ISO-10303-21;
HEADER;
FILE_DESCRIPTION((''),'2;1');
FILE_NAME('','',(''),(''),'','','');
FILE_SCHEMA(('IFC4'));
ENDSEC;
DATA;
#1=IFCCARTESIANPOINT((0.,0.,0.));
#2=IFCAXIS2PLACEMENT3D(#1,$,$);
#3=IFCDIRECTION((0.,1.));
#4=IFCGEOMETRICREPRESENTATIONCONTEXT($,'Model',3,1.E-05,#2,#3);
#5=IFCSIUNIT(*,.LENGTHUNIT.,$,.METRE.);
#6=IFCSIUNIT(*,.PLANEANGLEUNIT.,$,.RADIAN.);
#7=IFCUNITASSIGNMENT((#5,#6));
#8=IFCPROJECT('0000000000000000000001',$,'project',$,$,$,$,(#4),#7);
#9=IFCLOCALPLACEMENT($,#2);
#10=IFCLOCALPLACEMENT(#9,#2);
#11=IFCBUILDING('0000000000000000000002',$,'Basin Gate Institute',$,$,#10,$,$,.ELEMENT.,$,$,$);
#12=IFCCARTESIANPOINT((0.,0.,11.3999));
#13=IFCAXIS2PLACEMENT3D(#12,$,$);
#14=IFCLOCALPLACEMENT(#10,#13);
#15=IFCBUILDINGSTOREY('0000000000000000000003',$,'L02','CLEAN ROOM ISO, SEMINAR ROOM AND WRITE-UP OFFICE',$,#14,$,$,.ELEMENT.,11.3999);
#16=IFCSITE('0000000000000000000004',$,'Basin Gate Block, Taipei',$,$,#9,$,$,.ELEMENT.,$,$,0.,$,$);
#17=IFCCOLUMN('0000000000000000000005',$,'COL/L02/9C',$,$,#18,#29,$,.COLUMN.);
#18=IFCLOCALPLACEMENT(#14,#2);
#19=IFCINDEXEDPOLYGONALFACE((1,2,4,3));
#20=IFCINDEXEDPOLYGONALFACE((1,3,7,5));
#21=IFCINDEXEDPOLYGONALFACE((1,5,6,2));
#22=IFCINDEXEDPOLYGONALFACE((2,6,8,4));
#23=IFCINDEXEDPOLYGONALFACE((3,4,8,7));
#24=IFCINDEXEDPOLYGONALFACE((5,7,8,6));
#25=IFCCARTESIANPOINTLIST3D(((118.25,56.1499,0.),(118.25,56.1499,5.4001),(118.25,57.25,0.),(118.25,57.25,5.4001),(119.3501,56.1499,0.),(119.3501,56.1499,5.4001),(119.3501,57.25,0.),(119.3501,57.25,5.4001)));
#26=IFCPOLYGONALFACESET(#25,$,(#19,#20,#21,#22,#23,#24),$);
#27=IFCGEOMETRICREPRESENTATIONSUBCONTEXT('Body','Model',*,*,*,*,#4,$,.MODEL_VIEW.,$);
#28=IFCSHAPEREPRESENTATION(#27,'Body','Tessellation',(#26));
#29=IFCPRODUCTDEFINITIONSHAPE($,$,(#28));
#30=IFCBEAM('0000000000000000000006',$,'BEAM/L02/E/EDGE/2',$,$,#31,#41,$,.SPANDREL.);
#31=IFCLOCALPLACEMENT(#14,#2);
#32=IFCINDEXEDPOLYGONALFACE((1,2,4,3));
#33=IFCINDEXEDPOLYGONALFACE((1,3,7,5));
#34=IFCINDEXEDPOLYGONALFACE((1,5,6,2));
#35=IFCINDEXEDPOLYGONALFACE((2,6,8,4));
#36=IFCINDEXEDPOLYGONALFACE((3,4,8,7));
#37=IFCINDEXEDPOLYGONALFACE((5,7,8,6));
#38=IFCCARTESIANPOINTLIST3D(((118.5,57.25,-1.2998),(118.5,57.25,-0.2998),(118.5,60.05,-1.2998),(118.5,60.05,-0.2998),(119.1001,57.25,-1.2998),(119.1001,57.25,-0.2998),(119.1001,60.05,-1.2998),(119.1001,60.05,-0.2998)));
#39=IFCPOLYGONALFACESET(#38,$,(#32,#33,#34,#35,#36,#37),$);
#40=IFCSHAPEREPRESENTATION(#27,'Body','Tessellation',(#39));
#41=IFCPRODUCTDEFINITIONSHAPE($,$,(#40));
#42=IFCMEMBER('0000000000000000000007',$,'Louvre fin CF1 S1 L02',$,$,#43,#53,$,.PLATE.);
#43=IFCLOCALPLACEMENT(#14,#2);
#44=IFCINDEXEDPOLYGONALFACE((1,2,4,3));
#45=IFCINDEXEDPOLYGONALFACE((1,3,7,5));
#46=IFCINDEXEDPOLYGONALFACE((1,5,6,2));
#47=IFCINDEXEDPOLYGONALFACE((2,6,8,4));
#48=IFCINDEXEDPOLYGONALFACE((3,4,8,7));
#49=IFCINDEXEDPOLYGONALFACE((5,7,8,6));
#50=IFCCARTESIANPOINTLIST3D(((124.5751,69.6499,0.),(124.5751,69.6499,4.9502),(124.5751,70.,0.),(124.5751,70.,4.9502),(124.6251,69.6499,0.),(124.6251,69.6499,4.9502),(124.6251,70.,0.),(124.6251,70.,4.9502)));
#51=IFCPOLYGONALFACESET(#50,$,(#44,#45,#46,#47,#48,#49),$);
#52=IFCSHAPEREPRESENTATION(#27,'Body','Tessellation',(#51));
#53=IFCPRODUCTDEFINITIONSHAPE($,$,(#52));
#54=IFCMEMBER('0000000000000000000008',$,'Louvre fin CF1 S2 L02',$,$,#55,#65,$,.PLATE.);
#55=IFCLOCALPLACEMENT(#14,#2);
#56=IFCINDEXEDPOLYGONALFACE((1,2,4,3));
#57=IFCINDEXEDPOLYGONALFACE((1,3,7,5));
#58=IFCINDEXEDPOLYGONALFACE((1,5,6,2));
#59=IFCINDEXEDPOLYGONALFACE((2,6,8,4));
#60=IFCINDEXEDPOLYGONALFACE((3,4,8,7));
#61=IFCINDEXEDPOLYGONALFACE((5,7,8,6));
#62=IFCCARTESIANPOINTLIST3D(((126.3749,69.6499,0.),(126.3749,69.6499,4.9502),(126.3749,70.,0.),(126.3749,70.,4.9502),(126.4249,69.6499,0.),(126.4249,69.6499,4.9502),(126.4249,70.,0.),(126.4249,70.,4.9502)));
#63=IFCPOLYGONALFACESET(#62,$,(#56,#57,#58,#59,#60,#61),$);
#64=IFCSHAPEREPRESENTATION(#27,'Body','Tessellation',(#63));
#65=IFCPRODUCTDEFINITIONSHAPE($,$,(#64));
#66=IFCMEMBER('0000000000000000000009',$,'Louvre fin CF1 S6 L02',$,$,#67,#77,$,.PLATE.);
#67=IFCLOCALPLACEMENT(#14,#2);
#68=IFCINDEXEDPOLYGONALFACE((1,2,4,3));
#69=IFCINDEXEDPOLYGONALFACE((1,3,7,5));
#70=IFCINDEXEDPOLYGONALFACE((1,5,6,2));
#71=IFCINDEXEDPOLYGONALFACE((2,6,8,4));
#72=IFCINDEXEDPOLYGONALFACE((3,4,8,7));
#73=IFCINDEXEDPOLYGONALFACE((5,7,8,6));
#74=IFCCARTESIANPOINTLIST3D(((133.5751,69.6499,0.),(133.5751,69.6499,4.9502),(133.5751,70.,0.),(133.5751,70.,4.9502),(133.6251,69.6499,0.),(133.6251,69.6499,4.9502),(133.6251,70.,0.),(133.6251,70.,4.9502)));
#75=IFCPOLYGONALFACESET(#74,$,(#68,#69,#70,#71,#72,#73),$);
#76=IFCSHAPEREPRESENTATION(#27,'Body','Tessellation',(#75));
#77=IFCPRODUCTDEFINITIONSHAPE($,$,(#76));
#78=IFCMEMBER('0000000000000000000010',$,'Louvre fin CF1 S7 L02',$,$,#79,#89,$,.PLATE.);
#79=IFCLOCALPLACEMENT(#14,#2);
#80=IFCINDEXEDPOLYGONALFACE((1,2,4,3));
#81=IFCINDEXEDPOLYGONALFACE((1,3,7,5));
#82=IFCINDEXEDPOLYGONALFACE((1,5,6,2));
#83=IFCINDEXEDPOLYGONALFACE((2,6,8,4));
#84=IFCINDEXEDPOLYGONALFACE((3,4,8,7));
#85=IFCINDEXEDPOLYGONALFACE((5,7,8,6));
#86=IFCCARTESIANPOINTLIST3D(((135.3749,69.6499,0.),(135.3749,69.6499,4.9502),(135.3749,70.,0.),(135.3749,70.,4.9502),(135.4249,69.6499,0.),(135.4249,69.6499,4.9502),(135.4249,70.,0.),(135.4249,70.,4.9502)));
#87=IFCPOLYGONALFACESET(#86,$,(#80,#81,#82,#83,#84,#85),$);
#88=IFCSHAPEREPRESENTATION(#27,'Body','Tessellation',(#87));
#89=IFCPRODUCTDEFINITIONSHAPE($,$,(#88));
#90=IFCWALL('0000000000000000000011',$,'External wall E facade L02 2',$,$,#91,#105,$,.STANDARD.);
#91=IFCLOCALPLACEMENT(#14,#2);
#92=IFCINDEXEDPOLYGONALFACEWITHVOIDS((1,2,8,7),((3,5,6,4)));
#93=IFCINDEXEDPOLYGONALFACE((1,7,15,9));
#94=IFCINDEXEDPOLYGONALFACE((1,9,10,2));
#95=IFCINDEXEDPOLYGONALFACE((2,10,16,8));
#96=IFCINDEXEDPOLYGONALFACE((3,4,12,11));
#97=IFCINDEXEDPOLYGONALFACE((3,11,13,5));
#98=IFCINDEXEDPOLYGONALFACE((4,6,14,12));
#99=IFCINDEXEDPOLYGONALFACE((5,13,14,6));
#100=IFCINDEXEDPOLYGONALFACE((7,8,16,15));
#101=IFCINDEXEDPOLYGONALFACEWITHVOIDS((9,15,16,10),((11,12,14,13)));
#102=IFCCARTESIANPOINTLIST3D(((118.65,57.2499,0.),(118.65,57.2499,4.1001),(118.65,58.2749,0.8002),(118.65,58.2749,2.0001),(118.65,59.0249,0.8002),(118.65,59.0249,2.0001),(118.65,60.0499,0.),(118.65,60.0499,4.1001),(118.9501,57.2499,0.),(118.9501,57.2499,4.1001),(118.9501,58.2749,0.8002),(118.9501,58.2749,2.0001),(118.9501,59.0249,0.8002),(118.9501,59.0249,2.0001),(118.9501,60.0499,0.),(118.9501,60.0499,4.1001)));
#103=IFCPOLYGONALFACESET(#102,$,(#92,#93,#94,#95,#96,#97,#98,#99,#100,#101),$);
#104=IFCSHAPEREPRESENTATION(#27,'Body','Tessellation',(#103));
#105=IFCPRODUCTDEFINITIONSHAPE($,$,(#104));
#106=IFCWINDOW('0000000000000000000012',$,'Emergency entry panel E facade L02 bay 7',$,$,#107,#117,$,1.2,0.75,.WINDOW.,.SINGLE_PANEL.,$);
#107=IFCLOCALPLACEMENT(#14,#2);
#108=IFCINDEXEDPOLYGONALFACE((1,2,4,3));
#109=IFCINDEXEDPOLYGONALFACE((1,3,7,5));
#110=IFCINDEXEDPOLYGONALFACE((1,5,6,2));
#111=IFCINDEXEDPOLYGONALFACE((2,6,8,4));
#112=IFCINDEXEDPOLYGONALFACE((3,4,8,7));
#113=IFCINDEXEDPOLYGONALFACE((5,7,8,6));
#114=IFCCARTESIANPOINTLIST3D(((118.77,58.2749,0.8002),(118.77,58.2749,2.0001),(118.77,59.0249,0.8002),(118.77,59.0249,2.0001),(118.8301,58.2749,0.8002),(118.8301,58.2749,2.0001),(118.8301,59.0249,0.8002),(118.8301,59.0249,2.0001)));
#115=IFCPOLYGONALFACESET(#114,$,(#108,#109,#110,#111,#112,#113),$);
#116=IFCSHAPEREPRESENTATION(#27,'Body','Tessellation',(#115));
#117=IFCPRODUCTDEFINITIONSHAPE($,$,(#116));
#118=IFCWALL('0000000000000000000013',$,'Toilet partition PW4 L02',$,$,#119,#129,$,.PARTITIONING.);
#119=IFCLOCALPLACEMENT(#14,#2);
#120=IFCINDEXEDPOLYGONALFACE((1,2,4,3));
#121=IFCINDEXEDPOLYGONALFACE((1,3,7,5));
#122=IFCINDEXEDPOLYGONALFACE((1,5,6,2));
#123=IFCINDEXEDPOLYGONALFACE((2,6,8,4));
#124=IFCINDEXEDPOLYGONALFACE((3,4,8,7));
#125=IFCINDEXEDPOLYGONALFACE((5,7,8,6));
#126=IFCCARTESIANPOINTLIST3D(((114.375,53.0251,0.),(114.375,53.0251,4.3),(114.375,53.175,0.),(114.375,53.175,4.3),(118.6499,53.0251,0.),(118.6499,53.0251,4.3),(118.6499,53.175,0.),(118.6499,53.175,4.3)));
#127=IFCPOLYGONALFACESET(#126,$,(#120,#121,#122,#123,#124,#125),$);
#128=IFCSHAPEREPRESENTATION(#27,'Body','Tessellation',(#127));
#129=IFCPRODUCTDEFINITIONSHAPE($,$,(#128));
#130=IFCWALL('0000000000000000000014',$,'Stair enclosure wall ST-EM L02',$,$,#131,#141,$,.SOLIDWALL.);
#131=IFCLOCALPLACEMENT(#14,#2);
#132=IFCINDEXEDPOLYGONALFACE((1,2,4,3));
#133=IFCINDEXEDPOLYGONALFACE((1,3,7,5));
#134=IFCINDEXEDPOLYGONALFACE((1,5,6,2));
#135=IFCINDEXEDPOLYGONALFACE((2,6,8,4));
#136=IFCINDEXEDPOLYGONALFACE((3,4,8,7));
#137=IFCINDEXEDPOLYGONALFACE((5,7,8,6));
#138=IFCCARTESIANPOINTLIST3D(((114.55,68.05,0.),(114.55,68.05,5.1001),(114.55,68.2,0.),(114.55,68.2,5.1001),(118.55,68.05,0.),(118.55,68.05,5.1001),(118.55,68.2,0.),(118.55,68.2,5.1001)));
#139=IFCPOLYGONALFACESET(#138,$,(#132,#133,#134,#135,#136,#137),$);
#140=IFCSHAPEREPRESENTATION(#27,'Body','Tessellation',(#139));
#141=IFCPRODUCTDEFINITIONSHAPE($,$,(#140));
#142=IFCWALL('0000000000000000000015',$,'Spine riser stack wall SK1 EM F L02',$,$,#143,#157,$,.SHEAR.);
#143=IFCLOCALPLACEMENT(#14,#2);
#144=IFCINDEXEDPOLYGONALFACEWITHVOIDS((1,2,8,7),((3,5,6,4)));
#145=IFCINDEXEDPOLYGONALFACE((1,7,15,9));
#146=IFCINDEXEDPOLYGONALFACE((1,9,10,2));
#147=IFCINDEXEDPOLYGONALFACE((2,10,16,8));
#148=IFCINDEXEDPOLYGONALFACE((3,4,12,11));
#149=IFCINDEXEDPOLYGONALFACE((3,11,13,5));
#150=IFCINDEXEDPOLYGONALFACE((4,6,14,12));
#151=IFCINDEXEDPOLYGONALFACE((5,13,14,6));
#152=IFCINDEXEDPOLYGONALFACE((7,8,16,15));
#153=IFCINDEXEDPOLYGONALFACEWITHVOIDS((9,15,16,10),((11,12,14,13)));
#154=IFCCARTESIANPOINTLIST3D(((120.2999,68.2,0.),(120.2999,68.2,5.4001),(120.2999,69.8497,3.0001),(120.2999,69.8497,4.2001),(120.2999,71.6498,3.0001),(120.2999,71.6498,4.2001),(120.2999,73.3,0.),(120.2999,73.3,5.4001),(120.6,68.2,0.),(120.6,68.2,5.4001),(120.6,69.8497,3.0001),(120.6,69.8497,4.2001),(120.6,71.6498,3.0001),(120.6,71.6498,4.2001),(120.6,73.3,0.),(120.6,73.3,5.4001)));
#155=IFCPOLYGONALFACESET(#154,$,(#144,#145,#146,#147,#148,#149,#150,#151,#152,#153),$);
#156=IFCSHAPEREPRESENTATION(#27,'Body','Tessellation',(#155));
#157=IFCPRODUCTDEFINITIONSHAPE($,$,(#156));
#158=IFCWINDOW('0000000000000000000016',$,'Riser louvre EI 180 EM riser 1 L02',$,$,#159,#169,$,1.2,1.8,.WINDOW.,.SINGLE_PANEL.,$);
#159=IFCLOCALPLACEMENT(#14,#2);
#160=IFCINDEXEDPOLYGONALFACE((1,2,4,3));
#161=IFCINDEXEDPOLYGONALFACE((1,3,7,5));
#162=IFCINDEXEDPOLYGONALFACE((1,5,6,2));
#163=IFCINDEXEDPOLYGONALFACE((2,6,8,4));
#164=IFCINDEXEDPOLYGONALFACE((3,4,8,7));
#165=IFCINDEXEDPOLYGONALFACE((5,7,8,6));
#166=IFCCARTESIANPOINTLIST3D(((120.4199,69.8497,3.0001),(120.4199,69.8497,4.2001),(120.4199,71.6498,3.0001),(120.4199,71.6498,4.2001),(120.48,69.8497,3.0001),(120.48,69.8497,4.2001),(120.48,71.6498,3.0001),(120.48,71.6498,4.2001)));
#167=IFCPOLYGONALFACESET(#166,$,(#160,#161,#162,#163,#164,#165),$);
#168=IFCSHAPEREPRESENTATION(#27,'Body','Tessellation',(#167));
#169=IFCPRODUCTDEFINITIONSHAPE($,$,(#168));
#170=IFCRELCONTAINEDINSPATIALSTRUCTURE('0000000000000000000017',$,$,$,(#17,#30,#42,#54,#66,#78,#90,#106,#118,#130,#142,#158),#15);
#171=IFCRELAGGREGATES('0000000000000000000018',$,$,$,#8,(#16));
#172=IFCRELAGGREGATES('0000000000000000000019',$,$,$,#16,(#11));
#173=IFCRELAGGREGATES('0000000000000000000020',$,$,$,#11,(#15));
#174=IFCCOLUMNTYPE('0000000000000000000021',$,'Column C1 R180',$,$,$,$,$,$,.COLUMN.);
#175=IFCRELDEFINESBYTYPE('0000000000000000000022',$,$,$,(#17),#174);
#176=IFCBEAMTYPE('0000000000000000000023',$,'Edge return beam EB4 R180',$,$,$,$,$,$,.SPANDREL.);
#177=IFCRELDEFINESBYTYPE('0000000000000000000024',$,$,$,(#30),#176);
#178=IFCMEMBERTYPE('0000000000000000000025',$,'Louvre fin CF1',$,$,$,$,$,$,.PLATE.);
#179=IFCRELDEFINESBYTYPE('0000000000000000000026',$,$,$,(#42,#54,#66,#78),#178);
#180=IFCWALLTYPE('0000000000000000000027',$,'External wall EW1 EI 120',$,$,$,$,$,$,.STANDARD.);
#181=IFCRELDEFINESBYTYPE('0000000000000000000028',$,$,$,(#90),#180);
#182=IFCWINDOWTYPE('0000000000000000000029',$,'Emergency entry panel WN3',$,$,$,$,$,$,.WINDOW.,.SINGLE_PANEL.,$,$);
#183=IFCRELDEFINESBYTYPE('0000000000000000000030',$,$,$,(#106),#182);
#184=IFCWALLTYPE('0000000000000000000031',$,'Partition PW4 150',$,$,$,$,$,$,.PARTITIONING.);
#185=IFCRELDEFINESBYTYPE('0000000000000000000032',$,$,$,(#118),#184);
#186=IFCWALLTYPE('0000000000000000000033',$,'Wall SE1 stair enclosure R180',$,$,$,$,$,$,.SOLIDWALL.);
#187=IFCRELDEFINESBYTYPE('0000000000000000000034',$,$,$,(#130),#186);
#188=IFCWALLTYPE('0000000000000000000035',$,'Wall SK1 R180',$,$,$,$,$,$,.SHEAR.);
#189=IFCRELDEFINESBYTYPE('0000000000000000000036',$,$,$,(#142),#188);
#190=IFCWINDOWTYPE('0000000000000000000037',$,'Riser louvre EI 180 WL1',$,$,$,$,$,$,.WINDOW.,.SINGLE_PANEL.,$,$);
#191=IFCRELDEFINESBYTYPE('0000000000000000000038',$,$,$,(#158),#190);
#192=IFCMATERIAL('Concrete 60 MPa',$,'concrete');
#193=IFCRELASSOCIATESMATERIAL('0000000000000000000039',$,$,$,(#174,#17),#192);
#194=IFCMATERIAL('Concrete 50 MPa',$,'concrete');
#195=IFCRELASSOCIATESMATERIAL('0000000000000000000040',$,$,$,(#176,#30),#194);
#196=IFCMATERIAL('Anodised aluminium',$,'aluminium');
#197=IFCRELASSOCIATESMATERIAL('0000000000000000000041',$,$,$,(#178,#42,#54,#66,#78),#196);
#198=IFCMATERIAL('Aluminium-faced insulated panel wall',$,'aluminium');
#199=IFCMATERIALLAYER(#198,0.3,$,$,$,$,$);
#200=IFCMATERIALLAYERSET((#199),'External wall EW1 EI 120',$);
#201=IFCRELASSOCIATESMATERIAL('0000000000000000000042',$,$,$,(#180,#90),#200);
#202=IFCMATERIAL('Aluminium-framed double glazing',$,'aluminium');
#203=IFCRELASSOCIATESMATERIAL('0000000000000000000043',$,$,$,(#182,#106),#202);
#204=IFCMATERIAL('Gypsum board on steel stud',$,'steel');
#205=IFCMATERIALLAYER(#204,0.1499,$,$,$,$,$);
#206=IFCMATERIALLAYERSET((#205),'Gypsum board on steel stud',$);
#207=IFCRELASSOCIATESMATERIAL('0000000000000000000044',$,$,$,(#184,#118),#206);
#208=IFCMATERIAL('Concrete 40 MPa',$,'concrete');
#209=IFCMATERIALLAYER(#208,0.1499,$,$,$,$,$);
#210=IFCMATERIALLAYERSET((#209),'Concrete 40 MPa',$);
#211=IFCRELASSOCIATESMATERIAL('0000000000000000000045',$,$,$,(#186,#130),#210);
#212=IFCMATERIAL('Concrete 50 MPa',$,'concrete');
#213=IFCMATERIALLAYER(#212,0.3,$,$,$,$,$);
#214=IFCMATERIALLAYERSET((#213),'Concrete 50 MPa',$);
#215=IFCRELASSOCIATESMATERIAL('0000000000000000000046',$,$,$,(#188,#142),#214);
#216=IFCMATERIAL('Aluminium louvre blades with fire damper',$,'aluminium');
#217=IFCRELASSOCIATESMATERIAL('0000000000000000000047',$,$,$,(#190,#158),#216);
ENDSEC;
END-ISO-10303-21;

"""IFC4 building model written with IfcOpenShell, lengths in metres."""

from ifc_helpers import new_model, si_unit, direction, frame, frame_2d, origin, origin_2d, place, context, subcontext, project, spatial, rectangle, extrude, material, layer, layer_set, material_profile, profile_set, type_object, element, fill, save


model = new_model("IFC4")

# Units and contexts
model_context = context("Model", 3, precision=1e-05, world=origin(), true_north=direction((0.0, 1.0)))
body_context = subcontext(model_context, "Body", "Model", "MODEL_VIEW")
ifc_project = project(units=[si_unit("LENGTHUNIT", "METRE"), si_unit("PLANEANGLEUNIT", "RADIAN")], contexts=[model_context])

# Site, building, storey
site_placement = place(None, origin())
site = spatial("IfcSite", under=ifc_project, at=site_placement, Name="Basin Gate Block, Taipei", CompositionType="ELEMENT", RefElevation=0.0)
building_placement = place(site_placement, origin())
building = spatial("IfcBuilding", under=site, at=building_placement, Name="Basin Gate Institute", CompositionType="ELEMENT")
storey_placement = place(building_placement, frame((0.0, 0.0, 11.3999)))
storey = spatial("IfcBuildingStorey", under=building, at=storey_placement, Name="L02", Description="CLEAN ROOM ISO, SEMINAR ROOM AND WRITE-UP OFFICE", CompositionType="ELEMENT", Elevation=11.3999)

# Column
ifc_material_1 = material(Name="Concrete 60 MPa", Category="concrete")
ifc_material_profile_1 = material_profile(ifc_material_1, rectangle(XDim=1.1001, YDim=1.1001, at=origin_2d()), Name="Column C1 1100 x 1100")
ifc_profile_set_1 = profile_set([ifc_material_profile_1], Name="Concrete 60 MPa")
column_type = type_object("IfcColumnType", Name="Column C1 R180", PredefinedType="COLUMN", material=ifc_profile_set_1)
column_placement = place(storey_placement, frame((118.8, 56.7, 0.0), z_axis=(0.0, 0.0, 1.0), x_axis=(1.0, 0.0, 0.0)))
element("IfcColumn", 1, at=column_placement, inside=storey, type_object=column_type, material=ifc_profile_set_1, Name="COL/L02/9C", PredefinedType="COLUMN", context=body_context, shape_type="SweptSolid", body=[
    extrude(rectangle(XDim=1.1001, YDim=1.1001, at=origin_2d()), origin(), (0.0, 0.0, 1.0), 5.4001),
])

# Beam
ifc_material_2 = material(Name="Concrete 50 MPa", Category="concrete")
ifc_material_profile_2 = material_profile(ifc_material_2, rectangle(XDim=0.6001, YDim=1.0, at=origin_2d()), Name="Edge return beam EB4 600 x 1000")
ifc_profile_set_2 = profile_set([ifc_material_profile_2], Name="Concrete 50 MPa")
beam_type = type_object("IfcBeamType", Name="Edge return beam EB4 R180", PredefinedType="SPANDREL", material=ifc_profile_set_2)
beam_placement = place(storey_placement, frame((118.8, 57.25, -0.7998), z_axis=(0.0, 1.0, 0.0), x_axis=(-1.0, 0.0, 0.0)))
element("IfcBeam", 2, at=beam_placement, inside=storey, type_object=beam_type, material=ifc_profile_set_2, Name="BEAM/L02/E/EDGE/2", PredefinedType="SPANDREL", context=body_context, shape_type="SweptSolid", body=[
    extrude(rectangle(XDim=0.6001, YDim=1.0, at=origin_2d()), origin(), (0.0, 0.0, 1.0), 2.8),
])

# Members
ifc_material_3 = material(Name="Anodised aluminium", Category="aluminium")
ifc_material_profile_3 = material_profile(ifc_material_3, rectangle(XDim=0.05, YDim=0.3501, at=origin_2d()), Name="Louvre fin CF1 50 x 350")
ifc_profile_set_3 = profile_set([ifc_material_profile_3], Name="Anodised aluminium")
member_type = type_object("IfcMemberType", Name="Louvre fin CF1", PredefinedType="PLATE", material=ifc_profile_set_3)
for number, where, z_axis, x_axis, name in (
    (3, (124.6001, 69.825, 0.0), (0.0, 0.0, 1.0), (1.0, 0.0, 0.0), "Louvre fin CF1 S1 L02"),
    (4, (126.3999, 69.825, 0.0), (0.0, 0.0, 1.0), (1.0, 0.0, 0.0), "Louvre fin CF1 S2 L02"),
    (5, (133.6001, 69.825, 0.0), (0.0, 0.0, 1.0), (1.0, 0.0, 0.0), "Louvre fin CF1 S6 L02"),
    (6, (135.3999, 69.825, 0.0), (0.0, 0.0, 1.0), (1.0, 0.0, 0.0), "Louvre fin CF1 S7 L02"),
):
    element("IfcMember", number, at=place(storey_placement, frame(where, z_axis=z_axis, x_axis=x_axis)), inside=storey, type_object=member_type, material=ifc_profile_set_3, Name=name, PredefinedType="PLATE", context=body_context, shape_type="SweptSolid", body=[
        extrude(rectangle(XDim=0.05, YDim=0.3501, at=origin_2d()), origin(), (0.0, 0.0, 1.0), 4.9502),
    ])

# Wall, opening, window
ifc_material_4 = material(Name="Aluminium-faced insulated panel wall", Category="aluminium")
ifc_layer_1 = layer(ifc_material_4, 0.3)
ifc_layer_set_1 = layer_set([ifc_layer_1], Name="External wall EW1 EI 120")
wall_type_1 = type_object("IfcWallType", Name="External wall EW1 EI 120", PredefinedType="STANDARD", material=ifc_layer_set_1)
wall_1_placement = place(storey_placement, frame((118.8, 57.25, 0.0), z_axis=(0.0, 0.0, 1.0), x_axis=(0.0, 1.0, 0.0)))
wall_1 = element("IfcWall", 7, at=wall_1_placement, inside=storey, type_object=wall_type_1, material=ifc_layer_set_1, Name="External wall E facade L02 2", PredefinedType="STANDARD", context=body_context, shape_type="SweptSolid", body=[
    extrude(rectangle(XDim=2.8, YDim=0.3, at=frame_2d((1.3999, 0.0))), origin(), (0.0, 0.0, 1.0), 4.1001),
])
opening_1_placement = place(wall_1_placement, frame((1.0249, 0.0, 0.8)))
opening_1 = element("IfcOpeningElement", 8, at=opening_1_placement, cuts=wall_1, PredefinedType="OPENING", context=body_context, shape_type="SweptSolid", body=[
    extrude(rectangle(XDim=0.75, YDim=1.2, at=frame_2d((0.375, 0.6001))), frame((0.0, 0.1602, 0.0), z_axis=(0.0, -1.0, 0.0), x_axis=(1.0, 0.0, 0.0)), (0.0, 0.0, 1.0), 0.3201),
])
ifc_material_5 = material(Name="Aluminium-framed double glazing", Category="aluminium")
window_type_1 = type_object("IfcWindowType", Name="Emergency entry panel WN3", PartitioningType="SINGLE_PANEL", PredefinedType="WINDOW", material=ifc_material_5)
window_1_placement = place(opening_1_placement, origin())
window_1 = element("IfcWindow", 9, at=window_1_placement, inside=storey, type_object=window_type_1, material=ifc_material_5, Name="Emergency entry panel E facade L02 bay 7", OverallHeight=1.2, OverallWidth=0.75, PartitioningType="SINGLE_PANEL", PredefinedType="WINDOW", context=body_context, shape_type="SweptSolid", body=[
    extrude(rectangle(XDim=0.75, YDim=1.2, at=frame_2d((0.375, 0.6001))), frame((0.0, 0.03, 0.0), z_axis=(0.0, -1.0, 0.0), x_axis=(1.0, 0.0, 0.0)), (0.0, 0.0, 1.0), 0.0601),
])
fill(opening_1, window_1)

# Walls
ifc_material_6 = material(Name="Gypsum board on steel stud", Category="steel")
ifc_layer_2 = layer(ifc_material_6, 0.1499)
ifc_layer_set_2 = layer_set([ifc_layer_2], Name="Gypsum board on steel stud")
wall_type_2 = type_object("IfcWallType", Name="Partition PW4 150", PredefinedType="PARTITIONING", material=ifc_layer_set_2)
wall_2_placement = place(storey_placement, frame((118.6499, 53.1001, 0.0), z_axis=(0.0, 0.0, 1.0), x_axis=(-1.0, 0.0, 0.0)))
element("IfcWall", 10, at=wall_2_placement, inside=storey, type_object=wall_type_2, material=ifc_layer_set_2, Name="Toilet partition PW4 L02", PredefinedType="PARTITIONING", context=body_context, shape_type="SweptSolid", body=[
    extrude(rectangle(XDim=4.2749, YDim=0.1499, at=frame_2d((2.1375, 0.0))), origin(), (0.0, 0.0, 1.0), 4.3),
])
ifc_material_7 = material(Name="Concrete 40 MPa", Category="concrete")
ifc_layer_3 = layer(ifc_material_7, 0.1499)
ifc_layer_set_3 = layer_set([ifc_layer_3], Name="Concrete 40 MPa")
wall_type_3 = type_object("IfcWallType", Name="Wall SE1 stair enclosure R180", PredefinedType="SOLIDWALL", material=ifc_layer_set_3)
wall_3_placement = place(storey_placement, frame((118.55, 68.125, 0.0), z_axis=(0.0, 0.0, 1.0), x_axis=(-1.0, 0.0, 0.0)))
element("IfcWall", 11, at=wall_3_placement, inside=storey, type_object=wall_type_3, material=ifc_layer_set_3, Name="Stair enclosure wall ST-EM L02", PredefinedType="SOLIDWALL", context=body_context, shape_type="SweptSolid", body=[
    extrude(rectangle(XDim=4.0, YDim=0.1499, at=frame_2d((2.0, 0.0))), origin(), (0.0, 0.0, 1.0), 5.1001),
])

# Wall, opening, window
ifc_material_8 = material(Name="Concrete 50 MPa", Category="concrete")
ifc_layer_4 = layer(ifc_material_8, 0.3)
ifc_layer_set_4 = layer_set([ifc_layer_4], Name="Concrete 50 MPa")
wall_type_4 = type_object("IfcWallType", Name="Wall SK1 R180", PredefinedType="SHEAR", material=ifc_layer_set_4)
wall_4_placement = place(storey_placement, frame((120.45, 68.2, 0.0), z_axis=(0.0, 0.0, 1.0), x_axis=(0.0, 1.0, 0.0)))
wall_4 = element("IfcWall", 12, at=wall_4_placement, inside=storey, type_object=wall_type_4, material=ifc_layer_set_4, Name="Spine riser stack wall SK1 EM F L02", PredefinedType="SHEAR", context=body_context, shape_type="SweptSolid", body=[
    extrude(rectangle(XDim=5.1001, YDim=0.3, at=frame_2d((2.55, 0.0))), origin(), (0.0, 0.0, 1.0), 5.4001),
])
opening_2_placement = place(wall_4_placement, frame((1.6499, 0.0, 3.0)))
opening_2 = element("IfcOpeningElement", 13, at=opening_2_placement, cuts=wall_4, PredefinedType="OPENING", context=body_context, shape_type="SweptSolid", body=[
    extrude(rectangle(XDim=1.8, YDim=1.2, at=frame_2d((0.8999, 0.6001))), frame((0.0, 0.1602, 0.0), z_axis=(0.0, -1.0, 0.0), x_axis=(1.0, 0.0, 0.0)), (0.0, 0.0, 1.0), 0.3201),
])
ifc_material_9 = material(Name="Aluminium louvre blades with fire damper", Category="aluminium")
window_type_2 = type_object("IfcWindowType", Name="Riser louvre EI 180 WL1", PartitioningType="SINGLE_PANEL", PredefinedType="WINDOW", material=ifc_material_9)
window_2_placement = place(opening_2_placement, origin())
window_2 = element("IfcWindow", 14, at=window_2_placement, inside=storey, type_object=window_type_2, material=ifc_material_9, Name="Riser louvre EI 180 EM riser 1 L02", OverallHeight=1.2, OverallWidth=1.8, PartitioningType="SINGLE_PANEL", PredefinedType="WINDOW", context=body_context, shape_type="SweptSolid", body=[
    extrude(rectangle(XDim=1.8, YDim=1.2, at=frame_2d((0.8999, 0.6001))), frame((0.0, 0.03, 0.0), z_axis=(0.0, -1.0, 0.0), x_axis=(1.0, 0.0, 0.0)), (0.0, 0.0, 1.0), 0.0601),
])
fill(opening_2, window_2)

save(model, "model.ifc")
